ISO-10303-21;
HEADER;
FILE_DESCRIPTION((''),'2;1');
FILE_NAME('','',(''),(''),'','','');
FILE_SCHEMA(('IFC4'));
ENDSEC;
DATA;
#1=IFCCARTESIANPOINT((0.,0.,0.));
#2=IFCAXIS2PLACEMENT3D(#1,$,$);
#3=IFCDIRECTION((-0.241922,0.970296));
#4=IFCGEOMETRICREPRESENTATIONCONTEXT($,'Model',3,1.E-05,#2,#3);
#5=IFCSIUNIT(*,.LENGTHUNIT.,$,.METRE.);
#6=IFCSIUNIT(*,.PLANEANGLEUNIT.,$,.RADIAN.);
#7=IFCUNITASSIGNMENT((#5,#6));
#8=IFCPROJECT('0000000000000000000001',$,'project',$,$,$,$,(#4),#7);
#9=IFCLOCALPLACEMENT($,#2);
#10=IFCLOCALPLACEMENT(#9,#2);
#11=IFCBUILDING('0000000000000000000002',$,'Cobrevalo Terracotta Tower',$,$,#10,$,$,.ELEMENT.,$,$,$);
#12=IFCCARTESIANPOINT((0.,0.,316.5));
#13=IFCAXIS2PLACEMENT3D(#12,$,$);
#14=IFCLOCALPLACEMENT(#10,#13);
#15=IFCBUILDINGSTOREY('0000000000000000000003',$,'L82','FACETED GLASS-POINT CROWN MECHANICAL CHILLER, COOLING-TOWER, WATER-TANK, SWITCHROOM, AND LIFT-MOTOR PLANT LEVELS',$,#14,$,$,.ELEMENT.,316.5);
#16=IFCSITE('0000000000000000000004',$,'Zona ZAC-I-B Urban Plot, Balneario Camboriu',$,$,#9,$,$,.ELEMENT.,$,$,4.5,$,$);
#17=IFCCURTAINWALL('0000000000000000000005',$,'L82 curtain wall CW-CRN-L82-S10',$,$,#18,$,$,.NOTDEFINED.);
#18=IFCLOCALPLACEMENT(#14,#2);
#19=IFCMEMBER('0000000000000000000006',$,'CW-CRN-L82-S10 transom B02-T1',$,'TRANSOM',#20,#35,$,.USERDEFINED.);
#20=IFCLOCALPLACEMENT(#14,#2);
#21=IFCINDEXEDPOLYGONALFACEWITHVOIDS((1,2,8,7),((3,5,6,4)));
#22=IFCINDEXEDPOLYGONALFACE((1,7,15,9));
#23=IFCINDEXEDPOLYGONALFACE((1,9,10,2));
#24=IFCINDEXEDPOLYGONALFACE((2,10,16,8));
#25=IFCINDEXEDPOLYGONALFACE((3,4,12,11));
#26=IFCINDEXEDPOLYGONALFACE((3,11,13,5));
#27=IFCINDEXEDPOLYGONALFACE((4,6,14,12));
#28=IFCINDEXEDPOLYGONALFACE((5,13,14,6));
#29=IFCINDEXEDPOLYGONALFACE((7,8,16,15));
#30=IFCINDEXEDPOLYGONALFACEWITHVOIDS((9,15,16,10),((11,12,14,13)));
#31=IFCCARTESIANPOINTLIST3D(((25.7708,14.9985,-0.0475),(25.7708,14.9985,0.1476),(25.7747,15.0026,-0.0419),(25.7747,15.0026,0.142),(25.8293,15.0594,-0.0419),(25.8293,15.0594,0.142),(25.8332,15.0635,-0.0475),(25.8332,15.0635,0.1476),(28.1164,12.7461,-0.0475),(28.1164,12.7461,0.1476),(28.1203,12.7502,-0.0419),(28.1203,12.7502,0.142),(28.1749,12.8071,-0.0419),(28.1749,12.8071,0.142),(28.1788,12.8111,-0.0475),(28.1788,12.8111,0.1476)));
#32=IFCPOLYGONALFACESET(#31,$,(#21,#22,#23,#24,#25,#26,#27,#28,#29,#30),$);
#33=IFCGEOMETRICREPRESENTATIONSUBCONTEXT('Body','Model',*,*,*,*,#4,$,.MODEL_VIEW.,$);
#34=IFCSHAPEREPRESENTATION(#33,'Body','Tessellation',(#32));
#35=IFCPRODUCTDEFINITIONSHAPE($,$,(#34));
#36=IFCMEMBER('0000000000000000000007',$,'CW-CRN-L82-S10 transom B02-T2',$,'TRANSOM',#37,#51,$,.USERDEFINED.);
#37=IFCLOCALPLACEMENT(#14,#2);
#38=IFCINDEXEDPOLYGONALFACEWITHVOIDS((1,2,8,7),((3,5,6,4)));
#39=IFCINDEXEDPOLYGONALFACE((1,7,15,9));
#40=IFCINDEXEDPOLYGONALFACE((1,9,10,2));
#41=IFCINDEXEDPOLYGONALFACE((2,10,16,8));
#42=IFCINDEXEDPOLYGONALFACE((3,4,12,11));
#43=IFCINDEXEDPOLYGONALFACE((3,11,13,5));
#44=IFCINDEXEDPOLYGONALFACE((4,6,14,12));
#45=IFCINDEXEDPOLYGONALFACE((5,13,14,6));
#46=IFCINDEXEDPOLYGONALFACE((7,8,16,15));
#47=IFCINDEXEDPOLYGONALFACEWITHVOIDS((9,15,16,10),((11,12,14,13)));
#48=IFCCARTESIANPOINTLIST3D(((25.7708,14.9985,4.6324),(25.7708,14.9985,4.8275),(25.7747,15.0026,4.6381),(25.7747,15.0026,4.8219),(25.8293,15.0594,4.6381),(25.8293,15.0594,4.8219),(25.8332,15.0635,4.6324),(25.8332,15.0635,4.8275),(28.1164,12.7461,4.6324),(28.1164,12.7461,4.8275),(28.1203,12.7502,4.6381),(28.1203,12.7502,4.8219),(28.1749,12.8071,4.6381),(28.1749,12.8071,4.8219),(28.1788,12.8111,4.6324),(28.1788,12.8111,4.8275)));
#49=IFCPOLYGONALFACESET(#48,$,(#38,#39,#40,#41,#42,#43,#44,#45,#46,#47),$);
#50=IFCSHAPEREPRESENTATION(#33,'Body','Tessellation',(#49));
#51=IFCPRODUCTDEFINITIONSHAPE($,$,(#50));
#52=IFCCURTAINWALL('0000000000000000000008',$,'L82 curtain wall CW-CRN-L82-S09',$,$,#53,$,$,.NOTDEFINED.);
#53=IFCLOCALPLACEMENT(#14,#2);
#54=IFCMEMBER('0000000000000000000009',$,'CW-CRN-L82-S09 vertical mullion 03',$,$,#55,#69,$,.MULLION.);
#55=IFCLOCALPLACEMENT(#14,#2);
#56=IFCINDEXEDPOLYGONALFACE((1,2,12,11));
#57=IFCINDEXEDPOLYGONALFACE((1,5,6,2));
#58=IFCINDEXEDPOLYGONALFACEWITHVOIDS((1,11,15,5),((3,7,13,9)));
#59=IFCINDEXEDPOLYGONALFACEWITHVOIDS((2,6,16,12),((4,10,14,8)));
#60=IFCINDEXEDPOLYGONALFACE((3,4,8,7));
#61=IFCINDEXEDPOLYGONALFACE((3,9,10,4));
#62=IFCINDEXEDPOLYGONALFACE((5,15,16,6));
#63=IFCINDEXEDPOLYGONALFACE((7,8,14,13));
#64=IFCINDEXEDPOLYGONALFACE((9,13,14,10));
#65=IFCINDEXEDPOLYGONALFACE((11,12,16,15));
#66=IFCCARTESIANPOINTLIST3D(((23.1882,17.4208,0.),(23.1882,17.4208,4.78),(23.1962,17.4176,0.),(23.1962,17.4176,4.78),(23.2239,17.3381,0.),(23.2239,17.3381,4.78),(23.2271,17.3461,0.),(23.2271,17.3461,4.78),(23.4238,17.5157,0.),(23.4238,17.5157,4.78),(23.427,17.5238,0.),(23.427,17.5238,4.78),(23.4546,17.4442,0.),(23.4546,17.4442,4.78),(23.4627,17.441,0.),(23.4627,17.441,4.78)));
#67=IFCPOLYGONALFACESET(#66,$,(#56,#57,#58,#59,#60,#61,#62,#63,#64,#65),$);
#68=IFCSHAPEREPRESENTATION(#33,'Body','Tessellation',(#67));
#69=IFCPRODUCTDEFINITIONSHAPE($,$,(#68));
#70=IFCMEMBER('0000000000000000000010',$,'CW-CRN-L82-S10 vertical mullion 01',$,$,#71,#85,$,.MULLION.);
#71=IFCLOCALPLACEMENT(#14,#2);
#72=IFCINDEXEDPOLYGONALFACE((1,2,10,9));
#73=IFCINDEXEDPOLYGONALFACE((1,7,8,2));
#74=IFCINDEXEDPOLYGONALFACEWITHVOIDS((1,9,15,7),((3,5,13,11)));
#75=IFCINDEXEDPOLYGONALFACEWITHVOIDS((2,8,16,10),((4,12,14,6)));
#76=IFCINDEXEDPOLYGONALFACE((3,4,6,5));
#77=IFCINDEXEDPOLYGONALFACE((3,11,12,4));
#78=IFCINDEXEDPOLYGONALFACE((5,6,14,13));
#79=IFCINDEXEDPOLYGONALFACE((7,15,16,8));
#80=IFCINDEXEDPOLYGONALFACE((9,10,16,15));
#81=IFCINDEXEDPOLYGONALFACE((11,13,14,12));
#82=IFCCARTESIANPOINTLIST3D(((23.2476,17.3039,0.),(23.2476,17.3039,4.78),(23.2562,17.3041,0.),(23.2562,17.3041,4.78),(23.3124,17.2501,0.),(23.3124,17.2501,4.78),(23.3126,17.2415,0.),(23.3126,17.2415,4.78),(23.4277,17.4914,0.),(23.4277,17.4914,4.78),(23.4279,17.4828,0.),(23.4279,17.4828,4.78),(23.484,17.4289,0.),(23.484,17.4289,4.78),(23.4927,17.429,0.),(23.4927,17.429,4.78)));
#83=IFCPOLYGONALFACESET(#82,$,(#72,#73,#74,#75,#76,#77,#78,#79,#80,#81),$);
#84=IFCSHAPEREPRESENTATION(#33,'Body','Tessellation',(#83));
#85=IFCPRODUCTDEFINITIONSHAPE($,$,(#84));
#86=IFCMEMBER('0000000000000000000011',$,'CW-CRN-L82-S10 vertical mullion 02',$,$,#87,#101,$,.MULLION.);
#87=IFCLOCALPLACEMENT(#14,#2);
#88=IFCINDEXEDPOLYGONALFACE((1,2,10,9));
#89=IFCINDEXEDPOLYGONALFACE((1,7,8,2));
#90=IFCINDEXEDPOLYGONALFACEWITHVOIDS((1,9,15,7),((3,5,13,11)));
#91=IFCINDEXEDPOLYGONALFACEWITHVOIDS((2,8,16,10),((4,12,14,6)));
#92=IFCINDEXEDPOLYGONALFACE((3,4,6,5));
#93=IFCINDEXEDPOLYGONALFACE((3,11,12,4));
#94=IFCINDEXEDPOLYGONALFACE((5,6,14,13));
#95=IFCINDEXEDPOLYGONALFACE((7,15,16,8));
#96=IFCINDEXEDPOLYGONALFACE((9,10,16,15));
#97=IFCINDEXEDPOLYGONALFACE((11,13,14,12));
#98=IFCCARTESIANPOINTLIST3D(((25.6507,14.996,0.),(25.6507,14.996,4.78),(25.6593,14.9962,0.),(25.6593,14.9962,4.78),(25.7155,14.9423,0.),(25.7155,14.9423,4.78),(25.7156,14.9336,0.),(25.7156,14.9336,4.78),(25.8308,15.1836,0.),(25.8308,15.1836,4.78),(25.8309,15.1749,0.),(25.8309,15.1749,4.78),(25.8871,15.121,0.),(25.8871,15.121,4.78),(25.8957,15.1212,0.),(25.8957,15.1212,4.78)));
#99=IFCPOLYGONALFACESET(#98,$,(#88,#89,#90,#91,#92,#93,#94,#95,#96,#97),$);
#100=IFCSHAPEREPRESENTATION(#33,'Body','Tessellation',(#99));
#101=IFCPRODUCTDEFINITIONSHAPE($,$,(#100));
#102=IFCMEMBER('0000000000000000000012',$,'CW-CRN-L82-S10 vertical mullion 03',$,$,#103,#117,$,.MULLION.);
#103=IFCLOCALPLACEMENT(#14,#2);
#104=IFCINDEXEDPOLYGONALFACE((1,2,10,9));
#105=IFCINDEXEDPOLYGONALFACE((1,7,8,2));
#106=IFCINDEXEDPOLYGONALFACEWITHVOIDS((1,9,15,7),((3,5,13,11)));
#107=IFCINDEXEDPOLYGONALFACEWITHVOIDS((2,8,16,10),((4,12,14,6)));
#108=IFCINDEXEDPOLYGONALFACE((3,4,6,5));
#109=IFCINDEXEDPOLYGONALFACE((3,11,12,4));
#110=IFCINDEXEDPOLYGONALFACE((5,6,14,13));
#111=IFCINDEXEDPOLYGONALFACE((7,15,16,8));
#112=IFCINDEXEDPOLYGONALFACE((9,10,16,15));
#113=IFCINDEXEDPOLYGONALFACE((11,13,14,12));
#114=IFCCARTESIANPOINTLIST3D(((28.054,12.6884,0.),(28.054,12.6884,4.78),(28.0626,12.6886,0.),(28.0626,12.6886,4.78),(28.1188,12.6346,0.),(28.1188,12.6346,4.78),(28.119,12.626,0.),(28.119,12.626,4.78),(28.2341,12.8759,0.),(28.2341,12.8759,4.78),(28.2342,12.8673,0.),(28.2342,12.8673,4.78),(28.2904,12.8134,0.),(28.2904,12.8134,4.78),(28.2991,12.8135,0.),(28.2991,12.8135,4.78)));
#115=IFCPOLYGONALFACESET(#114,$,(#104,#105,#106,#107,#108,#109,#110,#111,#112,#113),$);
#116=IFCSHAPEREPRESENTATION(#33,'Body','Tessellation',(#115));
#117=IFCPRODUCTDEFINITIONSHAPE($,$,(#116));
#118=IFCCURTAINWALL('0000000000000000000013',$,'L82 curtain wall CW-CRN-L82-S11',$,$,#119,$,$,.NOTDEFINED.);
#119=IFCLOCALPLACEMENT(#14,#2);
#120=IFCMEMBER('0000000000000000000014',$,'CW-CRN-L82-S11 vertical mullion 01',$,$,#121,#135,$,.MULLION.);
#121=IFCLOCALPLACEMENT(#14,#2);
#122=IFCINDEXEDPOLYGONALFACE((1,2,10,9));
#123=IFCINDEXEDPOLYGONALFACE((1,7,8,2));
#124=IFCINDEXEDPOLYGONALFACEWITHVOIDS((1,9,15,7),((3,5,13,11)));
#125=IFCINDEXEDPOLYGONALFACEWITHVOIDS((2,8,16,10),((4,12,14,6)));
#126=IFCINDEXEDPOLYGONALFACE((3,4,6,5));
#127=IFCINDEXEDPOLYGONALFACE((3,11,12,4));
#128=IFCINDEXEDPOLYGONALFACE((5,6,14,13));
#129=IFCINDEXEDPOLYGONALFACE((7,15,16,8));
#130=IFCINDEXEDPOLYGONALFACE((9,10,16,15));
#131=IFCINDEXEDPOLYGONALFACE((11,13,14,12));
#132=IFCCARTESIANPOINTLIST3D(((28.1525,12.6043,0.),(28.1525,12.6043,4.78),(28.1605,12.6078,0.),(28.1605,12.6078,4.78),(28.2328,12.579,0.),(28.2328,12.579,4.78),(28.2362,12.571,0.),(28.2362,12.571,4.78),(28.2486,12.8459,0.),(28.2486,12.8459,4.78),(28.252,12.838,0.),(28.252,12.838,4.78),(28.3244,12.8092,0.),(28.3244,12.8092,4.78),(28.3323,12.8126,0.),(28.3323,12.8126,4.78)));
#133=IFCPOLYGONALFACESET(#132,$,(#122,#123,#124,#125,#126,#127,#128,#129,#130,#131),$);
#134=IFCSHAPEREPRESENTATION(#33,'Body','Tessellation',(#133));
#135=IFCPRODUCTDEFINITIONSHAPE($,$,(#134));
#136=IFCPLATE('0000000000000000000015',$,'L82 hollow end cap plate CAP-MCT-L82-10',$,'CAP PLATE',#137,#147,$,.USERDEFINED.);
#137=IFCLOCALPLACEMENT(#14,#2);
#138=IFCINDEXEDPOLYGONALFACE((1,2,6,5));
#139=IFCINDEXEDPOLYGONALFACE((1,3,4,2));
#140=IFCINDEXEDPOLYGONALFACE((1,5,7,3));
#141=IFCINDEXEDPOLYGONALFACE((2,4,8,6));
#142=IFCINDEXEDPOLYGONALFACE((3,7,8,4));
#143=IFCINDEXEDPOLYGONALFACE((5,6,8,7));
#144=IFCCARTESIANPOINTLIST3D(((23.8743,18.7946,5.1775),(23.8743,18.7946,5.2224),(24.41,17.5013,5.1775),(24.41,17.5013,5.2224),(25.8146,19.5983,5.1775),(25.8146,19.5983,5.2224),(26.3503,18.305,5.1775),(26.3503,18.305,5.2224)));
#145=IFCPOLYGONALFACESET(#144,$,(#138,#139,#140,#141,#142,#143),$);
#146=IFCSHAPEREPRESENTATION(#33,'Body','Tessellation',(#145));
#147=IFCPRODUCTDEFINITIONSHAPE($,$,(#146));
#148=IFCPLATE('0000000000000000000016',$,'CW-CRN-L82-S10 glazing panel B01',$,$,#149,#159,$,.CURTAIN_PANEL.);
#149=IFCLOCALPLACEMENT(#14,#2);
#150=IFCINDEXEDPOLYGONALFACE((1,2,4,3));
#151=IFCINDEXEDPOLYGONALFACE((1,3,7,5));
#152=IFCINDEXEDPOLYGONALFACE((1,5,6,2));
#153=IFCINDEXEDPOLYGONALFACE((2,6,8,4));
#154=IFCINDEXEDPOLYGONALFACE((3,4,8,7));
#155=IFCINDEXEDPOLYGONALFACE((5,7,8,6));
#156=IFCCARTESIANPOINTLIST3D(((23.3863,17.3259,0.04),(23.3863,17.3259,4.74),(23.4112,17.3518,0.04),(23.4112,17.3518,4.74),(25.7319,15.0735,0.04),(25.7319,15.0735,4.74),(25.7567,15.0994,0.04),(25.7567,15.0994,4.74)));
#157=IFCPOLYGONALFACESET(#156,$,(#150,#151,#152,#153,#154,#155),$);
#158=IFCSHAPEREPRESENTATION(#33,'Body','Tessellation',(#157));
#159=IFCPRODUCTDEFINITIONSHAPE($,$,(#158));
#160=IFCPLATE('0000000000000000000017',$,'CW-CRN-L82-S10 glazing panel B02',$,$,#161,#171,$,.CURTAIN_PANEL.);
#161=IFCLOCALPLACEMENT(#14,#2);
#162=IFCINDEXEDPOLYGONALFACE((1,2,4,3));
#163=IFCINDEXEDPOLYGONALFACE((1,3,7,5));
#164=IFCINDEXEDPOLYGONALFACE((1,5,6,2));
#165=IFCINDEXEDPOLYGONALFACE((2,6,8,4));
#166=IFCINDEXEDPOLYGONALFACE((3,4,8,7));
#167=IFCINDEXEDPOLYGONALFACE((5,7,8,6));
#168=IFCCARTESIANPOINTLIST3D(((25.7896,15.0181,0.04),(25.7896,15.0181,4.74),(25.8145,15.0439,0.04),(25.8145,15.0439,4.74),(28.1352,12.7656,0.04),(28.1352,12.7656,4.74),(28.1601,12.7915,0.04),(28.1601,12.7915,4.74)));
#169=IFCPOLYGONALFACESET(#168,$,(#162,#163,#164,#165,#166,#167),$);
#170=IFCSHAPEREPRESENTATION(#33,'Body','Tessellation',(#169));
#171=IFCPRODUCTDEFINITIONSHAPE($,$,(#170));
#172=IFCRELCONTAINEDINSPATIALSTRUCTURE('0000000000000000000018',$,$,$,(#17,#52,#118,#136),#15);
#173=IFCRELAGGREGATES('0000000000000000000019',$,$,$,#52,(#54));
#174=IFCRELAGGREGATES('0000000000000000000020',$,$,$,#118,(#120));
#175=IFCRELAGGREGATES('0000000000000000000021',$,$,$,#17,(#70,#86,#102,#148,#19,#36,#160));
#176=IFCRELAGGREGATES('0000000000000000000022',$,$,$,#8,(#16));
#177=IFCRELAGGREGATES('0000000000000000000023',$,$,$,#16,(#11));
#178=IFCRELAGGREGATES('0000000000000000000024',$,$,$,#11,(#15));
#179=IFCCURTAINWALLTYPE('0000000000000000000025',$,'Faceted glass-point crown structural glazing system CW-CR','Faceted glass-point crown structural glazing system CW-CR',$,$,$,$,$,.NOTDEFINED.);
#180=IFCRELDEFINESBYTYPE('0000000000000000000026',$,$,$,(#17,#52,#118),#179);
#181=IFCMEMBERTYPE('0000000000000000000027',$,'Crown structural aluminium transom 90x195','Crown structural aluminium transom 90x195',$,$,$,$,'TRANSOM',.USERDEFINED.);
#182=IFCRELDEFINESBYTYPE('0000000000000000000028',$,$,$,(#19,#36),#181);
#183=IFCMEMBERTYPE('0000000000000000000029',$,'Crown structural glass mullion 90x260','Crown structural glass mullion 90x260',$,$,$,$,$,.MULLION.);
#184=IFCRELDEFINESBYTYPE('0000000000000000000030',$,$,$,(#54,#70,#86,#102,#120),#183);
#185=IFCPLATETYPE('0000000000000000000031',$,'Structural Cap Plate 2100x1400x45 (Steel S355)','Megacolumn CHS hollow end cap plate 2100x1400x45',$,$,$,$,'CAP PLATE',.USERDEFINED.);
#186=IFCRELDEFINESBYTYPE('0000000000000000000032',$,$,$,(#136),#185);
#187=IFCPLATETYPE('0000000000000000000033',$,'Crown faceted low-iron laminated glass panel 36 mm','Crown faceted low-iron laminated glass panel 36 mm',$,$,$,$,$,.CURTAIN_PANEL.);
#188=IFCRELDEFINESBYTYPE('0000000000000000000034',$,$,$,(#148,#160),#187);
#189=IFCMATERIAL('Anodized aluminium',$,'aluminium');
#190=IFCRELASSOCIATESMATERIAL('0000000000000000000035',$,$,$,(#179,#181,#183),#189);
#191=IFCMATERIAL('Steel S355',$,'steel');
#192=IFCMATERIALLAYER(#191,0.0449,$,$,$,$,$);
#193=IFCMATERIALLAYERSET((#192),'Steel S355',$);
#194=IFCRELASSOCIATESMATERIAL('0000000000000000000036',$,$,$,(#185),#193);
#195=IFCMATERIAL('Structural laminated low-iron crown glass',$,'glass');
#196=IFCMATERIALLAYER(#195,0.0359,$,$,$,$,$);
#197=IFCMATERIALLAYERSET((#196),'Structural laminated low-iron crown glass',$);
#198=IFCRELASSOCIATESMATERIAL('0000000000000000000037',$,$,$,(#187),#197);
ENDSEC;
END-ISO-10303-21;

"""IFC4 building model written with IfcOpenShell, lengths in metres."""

from ifc_helpers import new_model, si_unit, direction, frame, origin, origin_2d, place, context, subcontext, project, spatial, rectangle, hollow_rectangle, extrude, source, transform, mapped, material, layer, layer_set, material_profile, profile_set, type_object, element, aggregate, save


model = new_model("IFC4")

# Units and contexts
model_context = context("Model", 3, precision=1e-05, world=origin(), true_north=direction((-0.241922, 0.970296)))
body_context = subcontext(model_context, "Body", "Model", "MODEL_VIEW")
ifc_project = project(units=[si_unit("LENGTHUNIT", "METRE"), si_unit("PLANEANGLEUNIT", "RADIAN")], contexts=[model_context])

# Site, building, storey
site_placement = place(None, origin())
site = spatial("IfcSite", under=ifc_project, at=site_placement, Name="Zona ZAC-I-B Urban Plot, Balneario Camboriu", CompositionType="ELEMENT", RefElevation=4.5)
building_placement = place(site_placement, origin())
building = spatial("IfcBuilding", under=site, at=building_placement, Name="Cobrevalo Terracotta Tower", CompositionType="ELEMENT")
storey_placement = place(building_placement, frame((0.0, 0.0, 316.5)))
storey = spatial("IfcBuildingStorey", under=building, at=storey_placement, Name="L82", Description="FACETED GLASS-POINT CROWN MECHANICAL CHILLER, COOLING-TOWER, WATER-TANK, SWITCHROOM, AND LIFT-MOTOR PLANT LEVELS", CompositionType="ELEMENT", Elevation=316.5)

# Shared definitions
ifc_material_1 = material(Name="Steel S355", Category="steel")

# Curtain wall, members
ifc_material_2 = material(Name="Anodized aluminium", Category="aluminium")
curtain_wall_type = type_object("IfcCurtainWallType", Name="Faceted glass-point crown structural glazing system CW-CR", Description="Faceted glass-point crown structural glazing system CW-CR", PredefinedType="NOTDEFINED", material=ifc_material_2)
curtain_wall_1_placement = place(storey_placement, origin())
curtain_wall_1 = element("IfcCurtainWall", 1, at=curtain_wall_1_placement, inside=storey, type_object=curtain_wall_type, Name="L82 curtain wall CW-CRN-L82-S10", PredefinedType="NOTDEFINED")
ifc_material_profile_1 = material_profile(ifc_material_2, hollow_rectangle(XDim=0.0901, YDim=0.1951, WallThickness=0.0056, at=origin_2d()), Name="CWT 90x195")
ifc_profile_set_1 = profile_set([ifc_material_profile_1], Name="Anodized aluminium")
member_type_1 = type_object("IfcMemberType", Name="Crown structural aluminium transom 90x195", Description="Crown structural aluminium transom 90x195", ElementType="TRANSOM", PredefinedType="USERDEFINED", material=ifc_profile_set_1)
shared_shape_1 = source(origin(), body_context, "Body", "SweptSolid", [
    extrude(hollow_rectangle(XDim=0.0901, YDim=0.1951, WallThickness=0.0056, at=origin_2d()), origin(), (0.0, 0.0, 1.0), 3.252),
])
member_1_placement = place(storey_placement, frame((25.802, 15.031, 0.05), z_axis=(0.7213, -0.692622, 0.0), x_axis=(0.692622, 0.7213, 0.0)))
member_1 = element("IfcMember", 2, at=member_1_placement, type_object=member_type_1, Name="CW-CRN-L82-S10 transom B02-T1", ObjectType="TRANSOM", PredefinedType="USERDEFINED", context=body_context, shape_type="MappedRepresentation", body=[
    mapped(shared_shape_1, transform((0.0, 0.0, 0.0), scale=1.0)),
])
member_2_placement = place(storey_placement, frame((25.802, 15.031, 4.73), z_axis=(0.7213, -0.692622, 0.0), x_axis=(0.692622, 0.7213, 0.0)))
member_2 = element("IfcMember", 3, at=member_2_placement, type_object=member_type_1, Name="CW-CRN-L82-S10 transom B02-T2", ObjectType="TRANSOM", PredefinedType="USERDEFINED", context=body_context, shape_type="MappedRepresentation", body=[
    mapped(shared_shape_1, transform((0.0, 0.0, 0.0), scale=1.0)),
])

# Curtain wall, member
curtain_wall_2_placement = place(storey_placement, origin())
curtain_wall_2 = element("IfcCurtainWall", 4, at=curtain_wall_2_placement, inside=storey, type_object=curtain_wall_type, Name="L82 curtain wall CW-CRN-L82-S09", PredefinedType="NOTDEFINED")
ifc_material_profile_2 = material_profile(ifc_material_2, hollow_rectangle(XDim=0.0901, YDim=0.26, WallThickness=0.0061, at=origin_2d()), Name="CWM 90x260")
ifc_profile_set_2 = profile_set([ifc_material_profile_2], Name="Anodized aluminium")
member_type_2 = type_object("IfcMemberType", Name="Crown structural glass mullion 90x260", Description="Crown structural glass mullion 90x260", PredefinedType="MULLION", material=ifc_profile_set_2)
shared_shape_2 = source(origin(), body_context, "Body", "SweptSolid", [
    extrude(hollow_rectangle(XDim=0.0901, YDim=0.26, WallThickness=0.0061, at=origin_2d()), origin(), (0.0, 0.0, 1.0), 4.78),
])
member_3_placement = place(storey_placement, frame((23.3254, 17.4309, 0.0), z_axis=(0.0, 0.0, 1.0), x_axis=(0.396058, -0.918225, 0.0)))
member_3 = element("IfcMember", 5, at=member_3_placement, type_object=member_type_2, Name="CW-CRN-L82-S09 vertical mullion 03", PredefinedType="MULLION", context=body_context, shape_type="MappedRepresentation", body=[
    mapped(shared_shape_2, transform((0.0, 0.0, 0.0), scale=1.0)),
])
aggregate(curtain_wall_2, [member_3])

# Members
member_4_placement = place(storey_placement, frame((23.3701, 17.3665, 0.0), z_axis=(0.0, 0.0, 1.0), x_axis=(0.721277, -0.692647, 0.0)))
member_4 = element("IfcMember", 6, at=member_4_placement, type_object=member_type_2, Name="CW-CRN-L82-S10 vertical mullion 01", PredefinedType="MULLION", context=body_context, shape_type="MappedRepresentation", body=[
    mapped(shared_shape_2, transform((0.0, 0.0, 0.0), scale=1.0)),
])
member_5_placement = place(storey_placement, frame((25.7732, 15.0586, 0.0), z_axis=(0.0, 0.0, 1.0), x_axis=(0.721277, -0.692647, 0.0)))
member_5 = element("IfcMember", 7, at=member_5_placement, type_object=member_type_2, Name="CW-CRN-L82-S10 vertical mullion 02", PredefinedType="MULLION", context=body_context, shape_type="MappedRepresentation", body=[
    mapped(shared_shape_2, transform((0.0, 0.0, 0.0), scale=1.0)),
])
member_6_placement = place(storey_placement, frame((28.1765, 12.751, 0.0), z_axis=(0.0, 0.0, 1.0), x_axis=(0.721277, -0.692647, 0.0)))
member_6 = element("IfcMember", 8, at=member_6_placement, type_object=member_type_2, Name="CW-CRN-L82-S10 vertical mullion 03", PredefinedType="MULLION", context=body_context, shape_type="MappedRepresentation", body=[
    mapped(shared_shape_2, transform((0.0, 0.0, 0.0), scale=1.0)),
])

# Curtain wall, member
curtain_wall_3_placement = place(storey_placement, origin())
curtain_wall_3 = element("IfcCurtainWall", 9, at=curtain_wall_3_placement, inside=storey, type_object=curtain_wall_type, Name="L82 curtain wall CW-CRN-L82-S11", PredefinedType="NOTDEFINED")
member_7_placement = place(storey_placement, frame((28.2424, 12.7085, 0.0), z_axis=(0.0, 0.0, 1.0), x_axis=(0.929191, -0.369601, 0.0)))
member_7 = element("IfcMember", 10, at=member_7_placement, type_object=member_type_2, Name="CW-CRN-L82-S11 vertical mullion 01", PredefinedType="MULLION", context=body_context, shape_type="MappedRepresentation", body=[
    mapped(shared_shape_2, transform((0.0, 0.0, 0.0), scale=1.0)),
])
aggregate(curtain_wall_3, [member_7])

# Plates
ifc_layer_1 = layer(ifc_material_1, 0.0449)
ifc_layer_set_1 = layer_set([ifc_layer_1], Name="Steel S355")
plate_type_1 = type_object("IfcPlateType", Name="Structural Cap Plate 2100x1400x45 (Steel S355)", Description="Megacolumn CHS hollow end cap plate 2100x1400x45", ElementType="CAP PLATE", PredefinedType="USERDEFINED", material=ifc_layer_set_1)
shared_shape_3 = source(origin(), body_context, "Body", "SweptSolid", [
    extrude(rectangle(XDim=2.1001, YDim=1.3999, at=origin_2d()), origin(), (0.0, 0.0, 1.0), 0.0449),
])
plate_1_placement = place(storey_placement, frame((25.1123, 18.5498, 5.1775), z_axis=(0.0, 0.0, 1.0), x_axis=(-0.92388, -0.382683, 0.0)))
element("IfcPlate", 11, at=plate_1_placement, inside=storey, type_object=plate_type_1, Name="L82 hollow end cap plate CAP-MCT-L82-10", ObjectType="CAP PLATE", PredefinedType="USERDEFINED", context=body_context, shape_type="MappedRepresentation", body=[
    mapped(shared_shape_3, transform((0.0, 0.0, 0.0), scale=1.0)),
])
ifc_material_3 = material(Name="Structural laminated low-iron crown glass", Category="glass")
ifc_layer_2 = layer(ifc_material_3, 0.0359)
ifc_layer_set_2 = layer_set([ifc_layer_2], Name="Structural laminated low-iron crown glass")
plate_type_2 = type_object("IfcPlateType", Name="Crown faceted low-iron laminated glass panel 36 mm", Description="Crown faceted low-iron laminated glass panel 36 mm", PredefinedType="CURTAIN_PANEL", material=ifc_layer_set_2)
shared_shape_4 = source(origin(), body_context, "Body", "SweptSolid", [
    extrude(rectangle(XDim=3.252, YDim=0.0359, at=origin_2d()), origin(), (0.0, 0.0, 1.0), 4.7),
])
plate_2_placement = place(storey_placement, frame((24.5715, 16.2126, 0.04), z_axis=(0.0, 0.0, 1.0), x_axis=(0.72128, -0.692643, 0.0)))
plate_2 = element("IfcPlate", 12, at=plate_2_placement, type_object=plate_type_2, Name="CW-CRN-L82-S10 glazing panel B01", PredefinedType="CURTAIN_PANEL", context=body_context, shape_type="MappedRepresentation", body=[
    mapped(shared_shape_4, transform((0.0, 0.0, 0.0), scale=1.0)),
])
plate_3_placement = place(storey_placement, frame((26.9749, 13.9048, 0.04), z_axis=(0.0, 0.0, 1.0), x_axis=(0.72128, -0.692643, 0.0)))
plate_3 = element("IfcPlate", 13, at=plate_3_placement, type_object=plate_type_2, Name="CW-CRN-L82-S10 glazing panel B02", PredefinedType="CURTAIN_PANEL", context=body_context, shape_type="MappedRepresentation", body=[
    mapped(shared_shape_4, transform((0.0, 0.0, 0.0), scale=1.0)),
])
aggregate(curtain_wall_1, [member_4, member_5, member_6, plate_2, member_1, member_2, plate_3])

save(model, "model.ifc")
